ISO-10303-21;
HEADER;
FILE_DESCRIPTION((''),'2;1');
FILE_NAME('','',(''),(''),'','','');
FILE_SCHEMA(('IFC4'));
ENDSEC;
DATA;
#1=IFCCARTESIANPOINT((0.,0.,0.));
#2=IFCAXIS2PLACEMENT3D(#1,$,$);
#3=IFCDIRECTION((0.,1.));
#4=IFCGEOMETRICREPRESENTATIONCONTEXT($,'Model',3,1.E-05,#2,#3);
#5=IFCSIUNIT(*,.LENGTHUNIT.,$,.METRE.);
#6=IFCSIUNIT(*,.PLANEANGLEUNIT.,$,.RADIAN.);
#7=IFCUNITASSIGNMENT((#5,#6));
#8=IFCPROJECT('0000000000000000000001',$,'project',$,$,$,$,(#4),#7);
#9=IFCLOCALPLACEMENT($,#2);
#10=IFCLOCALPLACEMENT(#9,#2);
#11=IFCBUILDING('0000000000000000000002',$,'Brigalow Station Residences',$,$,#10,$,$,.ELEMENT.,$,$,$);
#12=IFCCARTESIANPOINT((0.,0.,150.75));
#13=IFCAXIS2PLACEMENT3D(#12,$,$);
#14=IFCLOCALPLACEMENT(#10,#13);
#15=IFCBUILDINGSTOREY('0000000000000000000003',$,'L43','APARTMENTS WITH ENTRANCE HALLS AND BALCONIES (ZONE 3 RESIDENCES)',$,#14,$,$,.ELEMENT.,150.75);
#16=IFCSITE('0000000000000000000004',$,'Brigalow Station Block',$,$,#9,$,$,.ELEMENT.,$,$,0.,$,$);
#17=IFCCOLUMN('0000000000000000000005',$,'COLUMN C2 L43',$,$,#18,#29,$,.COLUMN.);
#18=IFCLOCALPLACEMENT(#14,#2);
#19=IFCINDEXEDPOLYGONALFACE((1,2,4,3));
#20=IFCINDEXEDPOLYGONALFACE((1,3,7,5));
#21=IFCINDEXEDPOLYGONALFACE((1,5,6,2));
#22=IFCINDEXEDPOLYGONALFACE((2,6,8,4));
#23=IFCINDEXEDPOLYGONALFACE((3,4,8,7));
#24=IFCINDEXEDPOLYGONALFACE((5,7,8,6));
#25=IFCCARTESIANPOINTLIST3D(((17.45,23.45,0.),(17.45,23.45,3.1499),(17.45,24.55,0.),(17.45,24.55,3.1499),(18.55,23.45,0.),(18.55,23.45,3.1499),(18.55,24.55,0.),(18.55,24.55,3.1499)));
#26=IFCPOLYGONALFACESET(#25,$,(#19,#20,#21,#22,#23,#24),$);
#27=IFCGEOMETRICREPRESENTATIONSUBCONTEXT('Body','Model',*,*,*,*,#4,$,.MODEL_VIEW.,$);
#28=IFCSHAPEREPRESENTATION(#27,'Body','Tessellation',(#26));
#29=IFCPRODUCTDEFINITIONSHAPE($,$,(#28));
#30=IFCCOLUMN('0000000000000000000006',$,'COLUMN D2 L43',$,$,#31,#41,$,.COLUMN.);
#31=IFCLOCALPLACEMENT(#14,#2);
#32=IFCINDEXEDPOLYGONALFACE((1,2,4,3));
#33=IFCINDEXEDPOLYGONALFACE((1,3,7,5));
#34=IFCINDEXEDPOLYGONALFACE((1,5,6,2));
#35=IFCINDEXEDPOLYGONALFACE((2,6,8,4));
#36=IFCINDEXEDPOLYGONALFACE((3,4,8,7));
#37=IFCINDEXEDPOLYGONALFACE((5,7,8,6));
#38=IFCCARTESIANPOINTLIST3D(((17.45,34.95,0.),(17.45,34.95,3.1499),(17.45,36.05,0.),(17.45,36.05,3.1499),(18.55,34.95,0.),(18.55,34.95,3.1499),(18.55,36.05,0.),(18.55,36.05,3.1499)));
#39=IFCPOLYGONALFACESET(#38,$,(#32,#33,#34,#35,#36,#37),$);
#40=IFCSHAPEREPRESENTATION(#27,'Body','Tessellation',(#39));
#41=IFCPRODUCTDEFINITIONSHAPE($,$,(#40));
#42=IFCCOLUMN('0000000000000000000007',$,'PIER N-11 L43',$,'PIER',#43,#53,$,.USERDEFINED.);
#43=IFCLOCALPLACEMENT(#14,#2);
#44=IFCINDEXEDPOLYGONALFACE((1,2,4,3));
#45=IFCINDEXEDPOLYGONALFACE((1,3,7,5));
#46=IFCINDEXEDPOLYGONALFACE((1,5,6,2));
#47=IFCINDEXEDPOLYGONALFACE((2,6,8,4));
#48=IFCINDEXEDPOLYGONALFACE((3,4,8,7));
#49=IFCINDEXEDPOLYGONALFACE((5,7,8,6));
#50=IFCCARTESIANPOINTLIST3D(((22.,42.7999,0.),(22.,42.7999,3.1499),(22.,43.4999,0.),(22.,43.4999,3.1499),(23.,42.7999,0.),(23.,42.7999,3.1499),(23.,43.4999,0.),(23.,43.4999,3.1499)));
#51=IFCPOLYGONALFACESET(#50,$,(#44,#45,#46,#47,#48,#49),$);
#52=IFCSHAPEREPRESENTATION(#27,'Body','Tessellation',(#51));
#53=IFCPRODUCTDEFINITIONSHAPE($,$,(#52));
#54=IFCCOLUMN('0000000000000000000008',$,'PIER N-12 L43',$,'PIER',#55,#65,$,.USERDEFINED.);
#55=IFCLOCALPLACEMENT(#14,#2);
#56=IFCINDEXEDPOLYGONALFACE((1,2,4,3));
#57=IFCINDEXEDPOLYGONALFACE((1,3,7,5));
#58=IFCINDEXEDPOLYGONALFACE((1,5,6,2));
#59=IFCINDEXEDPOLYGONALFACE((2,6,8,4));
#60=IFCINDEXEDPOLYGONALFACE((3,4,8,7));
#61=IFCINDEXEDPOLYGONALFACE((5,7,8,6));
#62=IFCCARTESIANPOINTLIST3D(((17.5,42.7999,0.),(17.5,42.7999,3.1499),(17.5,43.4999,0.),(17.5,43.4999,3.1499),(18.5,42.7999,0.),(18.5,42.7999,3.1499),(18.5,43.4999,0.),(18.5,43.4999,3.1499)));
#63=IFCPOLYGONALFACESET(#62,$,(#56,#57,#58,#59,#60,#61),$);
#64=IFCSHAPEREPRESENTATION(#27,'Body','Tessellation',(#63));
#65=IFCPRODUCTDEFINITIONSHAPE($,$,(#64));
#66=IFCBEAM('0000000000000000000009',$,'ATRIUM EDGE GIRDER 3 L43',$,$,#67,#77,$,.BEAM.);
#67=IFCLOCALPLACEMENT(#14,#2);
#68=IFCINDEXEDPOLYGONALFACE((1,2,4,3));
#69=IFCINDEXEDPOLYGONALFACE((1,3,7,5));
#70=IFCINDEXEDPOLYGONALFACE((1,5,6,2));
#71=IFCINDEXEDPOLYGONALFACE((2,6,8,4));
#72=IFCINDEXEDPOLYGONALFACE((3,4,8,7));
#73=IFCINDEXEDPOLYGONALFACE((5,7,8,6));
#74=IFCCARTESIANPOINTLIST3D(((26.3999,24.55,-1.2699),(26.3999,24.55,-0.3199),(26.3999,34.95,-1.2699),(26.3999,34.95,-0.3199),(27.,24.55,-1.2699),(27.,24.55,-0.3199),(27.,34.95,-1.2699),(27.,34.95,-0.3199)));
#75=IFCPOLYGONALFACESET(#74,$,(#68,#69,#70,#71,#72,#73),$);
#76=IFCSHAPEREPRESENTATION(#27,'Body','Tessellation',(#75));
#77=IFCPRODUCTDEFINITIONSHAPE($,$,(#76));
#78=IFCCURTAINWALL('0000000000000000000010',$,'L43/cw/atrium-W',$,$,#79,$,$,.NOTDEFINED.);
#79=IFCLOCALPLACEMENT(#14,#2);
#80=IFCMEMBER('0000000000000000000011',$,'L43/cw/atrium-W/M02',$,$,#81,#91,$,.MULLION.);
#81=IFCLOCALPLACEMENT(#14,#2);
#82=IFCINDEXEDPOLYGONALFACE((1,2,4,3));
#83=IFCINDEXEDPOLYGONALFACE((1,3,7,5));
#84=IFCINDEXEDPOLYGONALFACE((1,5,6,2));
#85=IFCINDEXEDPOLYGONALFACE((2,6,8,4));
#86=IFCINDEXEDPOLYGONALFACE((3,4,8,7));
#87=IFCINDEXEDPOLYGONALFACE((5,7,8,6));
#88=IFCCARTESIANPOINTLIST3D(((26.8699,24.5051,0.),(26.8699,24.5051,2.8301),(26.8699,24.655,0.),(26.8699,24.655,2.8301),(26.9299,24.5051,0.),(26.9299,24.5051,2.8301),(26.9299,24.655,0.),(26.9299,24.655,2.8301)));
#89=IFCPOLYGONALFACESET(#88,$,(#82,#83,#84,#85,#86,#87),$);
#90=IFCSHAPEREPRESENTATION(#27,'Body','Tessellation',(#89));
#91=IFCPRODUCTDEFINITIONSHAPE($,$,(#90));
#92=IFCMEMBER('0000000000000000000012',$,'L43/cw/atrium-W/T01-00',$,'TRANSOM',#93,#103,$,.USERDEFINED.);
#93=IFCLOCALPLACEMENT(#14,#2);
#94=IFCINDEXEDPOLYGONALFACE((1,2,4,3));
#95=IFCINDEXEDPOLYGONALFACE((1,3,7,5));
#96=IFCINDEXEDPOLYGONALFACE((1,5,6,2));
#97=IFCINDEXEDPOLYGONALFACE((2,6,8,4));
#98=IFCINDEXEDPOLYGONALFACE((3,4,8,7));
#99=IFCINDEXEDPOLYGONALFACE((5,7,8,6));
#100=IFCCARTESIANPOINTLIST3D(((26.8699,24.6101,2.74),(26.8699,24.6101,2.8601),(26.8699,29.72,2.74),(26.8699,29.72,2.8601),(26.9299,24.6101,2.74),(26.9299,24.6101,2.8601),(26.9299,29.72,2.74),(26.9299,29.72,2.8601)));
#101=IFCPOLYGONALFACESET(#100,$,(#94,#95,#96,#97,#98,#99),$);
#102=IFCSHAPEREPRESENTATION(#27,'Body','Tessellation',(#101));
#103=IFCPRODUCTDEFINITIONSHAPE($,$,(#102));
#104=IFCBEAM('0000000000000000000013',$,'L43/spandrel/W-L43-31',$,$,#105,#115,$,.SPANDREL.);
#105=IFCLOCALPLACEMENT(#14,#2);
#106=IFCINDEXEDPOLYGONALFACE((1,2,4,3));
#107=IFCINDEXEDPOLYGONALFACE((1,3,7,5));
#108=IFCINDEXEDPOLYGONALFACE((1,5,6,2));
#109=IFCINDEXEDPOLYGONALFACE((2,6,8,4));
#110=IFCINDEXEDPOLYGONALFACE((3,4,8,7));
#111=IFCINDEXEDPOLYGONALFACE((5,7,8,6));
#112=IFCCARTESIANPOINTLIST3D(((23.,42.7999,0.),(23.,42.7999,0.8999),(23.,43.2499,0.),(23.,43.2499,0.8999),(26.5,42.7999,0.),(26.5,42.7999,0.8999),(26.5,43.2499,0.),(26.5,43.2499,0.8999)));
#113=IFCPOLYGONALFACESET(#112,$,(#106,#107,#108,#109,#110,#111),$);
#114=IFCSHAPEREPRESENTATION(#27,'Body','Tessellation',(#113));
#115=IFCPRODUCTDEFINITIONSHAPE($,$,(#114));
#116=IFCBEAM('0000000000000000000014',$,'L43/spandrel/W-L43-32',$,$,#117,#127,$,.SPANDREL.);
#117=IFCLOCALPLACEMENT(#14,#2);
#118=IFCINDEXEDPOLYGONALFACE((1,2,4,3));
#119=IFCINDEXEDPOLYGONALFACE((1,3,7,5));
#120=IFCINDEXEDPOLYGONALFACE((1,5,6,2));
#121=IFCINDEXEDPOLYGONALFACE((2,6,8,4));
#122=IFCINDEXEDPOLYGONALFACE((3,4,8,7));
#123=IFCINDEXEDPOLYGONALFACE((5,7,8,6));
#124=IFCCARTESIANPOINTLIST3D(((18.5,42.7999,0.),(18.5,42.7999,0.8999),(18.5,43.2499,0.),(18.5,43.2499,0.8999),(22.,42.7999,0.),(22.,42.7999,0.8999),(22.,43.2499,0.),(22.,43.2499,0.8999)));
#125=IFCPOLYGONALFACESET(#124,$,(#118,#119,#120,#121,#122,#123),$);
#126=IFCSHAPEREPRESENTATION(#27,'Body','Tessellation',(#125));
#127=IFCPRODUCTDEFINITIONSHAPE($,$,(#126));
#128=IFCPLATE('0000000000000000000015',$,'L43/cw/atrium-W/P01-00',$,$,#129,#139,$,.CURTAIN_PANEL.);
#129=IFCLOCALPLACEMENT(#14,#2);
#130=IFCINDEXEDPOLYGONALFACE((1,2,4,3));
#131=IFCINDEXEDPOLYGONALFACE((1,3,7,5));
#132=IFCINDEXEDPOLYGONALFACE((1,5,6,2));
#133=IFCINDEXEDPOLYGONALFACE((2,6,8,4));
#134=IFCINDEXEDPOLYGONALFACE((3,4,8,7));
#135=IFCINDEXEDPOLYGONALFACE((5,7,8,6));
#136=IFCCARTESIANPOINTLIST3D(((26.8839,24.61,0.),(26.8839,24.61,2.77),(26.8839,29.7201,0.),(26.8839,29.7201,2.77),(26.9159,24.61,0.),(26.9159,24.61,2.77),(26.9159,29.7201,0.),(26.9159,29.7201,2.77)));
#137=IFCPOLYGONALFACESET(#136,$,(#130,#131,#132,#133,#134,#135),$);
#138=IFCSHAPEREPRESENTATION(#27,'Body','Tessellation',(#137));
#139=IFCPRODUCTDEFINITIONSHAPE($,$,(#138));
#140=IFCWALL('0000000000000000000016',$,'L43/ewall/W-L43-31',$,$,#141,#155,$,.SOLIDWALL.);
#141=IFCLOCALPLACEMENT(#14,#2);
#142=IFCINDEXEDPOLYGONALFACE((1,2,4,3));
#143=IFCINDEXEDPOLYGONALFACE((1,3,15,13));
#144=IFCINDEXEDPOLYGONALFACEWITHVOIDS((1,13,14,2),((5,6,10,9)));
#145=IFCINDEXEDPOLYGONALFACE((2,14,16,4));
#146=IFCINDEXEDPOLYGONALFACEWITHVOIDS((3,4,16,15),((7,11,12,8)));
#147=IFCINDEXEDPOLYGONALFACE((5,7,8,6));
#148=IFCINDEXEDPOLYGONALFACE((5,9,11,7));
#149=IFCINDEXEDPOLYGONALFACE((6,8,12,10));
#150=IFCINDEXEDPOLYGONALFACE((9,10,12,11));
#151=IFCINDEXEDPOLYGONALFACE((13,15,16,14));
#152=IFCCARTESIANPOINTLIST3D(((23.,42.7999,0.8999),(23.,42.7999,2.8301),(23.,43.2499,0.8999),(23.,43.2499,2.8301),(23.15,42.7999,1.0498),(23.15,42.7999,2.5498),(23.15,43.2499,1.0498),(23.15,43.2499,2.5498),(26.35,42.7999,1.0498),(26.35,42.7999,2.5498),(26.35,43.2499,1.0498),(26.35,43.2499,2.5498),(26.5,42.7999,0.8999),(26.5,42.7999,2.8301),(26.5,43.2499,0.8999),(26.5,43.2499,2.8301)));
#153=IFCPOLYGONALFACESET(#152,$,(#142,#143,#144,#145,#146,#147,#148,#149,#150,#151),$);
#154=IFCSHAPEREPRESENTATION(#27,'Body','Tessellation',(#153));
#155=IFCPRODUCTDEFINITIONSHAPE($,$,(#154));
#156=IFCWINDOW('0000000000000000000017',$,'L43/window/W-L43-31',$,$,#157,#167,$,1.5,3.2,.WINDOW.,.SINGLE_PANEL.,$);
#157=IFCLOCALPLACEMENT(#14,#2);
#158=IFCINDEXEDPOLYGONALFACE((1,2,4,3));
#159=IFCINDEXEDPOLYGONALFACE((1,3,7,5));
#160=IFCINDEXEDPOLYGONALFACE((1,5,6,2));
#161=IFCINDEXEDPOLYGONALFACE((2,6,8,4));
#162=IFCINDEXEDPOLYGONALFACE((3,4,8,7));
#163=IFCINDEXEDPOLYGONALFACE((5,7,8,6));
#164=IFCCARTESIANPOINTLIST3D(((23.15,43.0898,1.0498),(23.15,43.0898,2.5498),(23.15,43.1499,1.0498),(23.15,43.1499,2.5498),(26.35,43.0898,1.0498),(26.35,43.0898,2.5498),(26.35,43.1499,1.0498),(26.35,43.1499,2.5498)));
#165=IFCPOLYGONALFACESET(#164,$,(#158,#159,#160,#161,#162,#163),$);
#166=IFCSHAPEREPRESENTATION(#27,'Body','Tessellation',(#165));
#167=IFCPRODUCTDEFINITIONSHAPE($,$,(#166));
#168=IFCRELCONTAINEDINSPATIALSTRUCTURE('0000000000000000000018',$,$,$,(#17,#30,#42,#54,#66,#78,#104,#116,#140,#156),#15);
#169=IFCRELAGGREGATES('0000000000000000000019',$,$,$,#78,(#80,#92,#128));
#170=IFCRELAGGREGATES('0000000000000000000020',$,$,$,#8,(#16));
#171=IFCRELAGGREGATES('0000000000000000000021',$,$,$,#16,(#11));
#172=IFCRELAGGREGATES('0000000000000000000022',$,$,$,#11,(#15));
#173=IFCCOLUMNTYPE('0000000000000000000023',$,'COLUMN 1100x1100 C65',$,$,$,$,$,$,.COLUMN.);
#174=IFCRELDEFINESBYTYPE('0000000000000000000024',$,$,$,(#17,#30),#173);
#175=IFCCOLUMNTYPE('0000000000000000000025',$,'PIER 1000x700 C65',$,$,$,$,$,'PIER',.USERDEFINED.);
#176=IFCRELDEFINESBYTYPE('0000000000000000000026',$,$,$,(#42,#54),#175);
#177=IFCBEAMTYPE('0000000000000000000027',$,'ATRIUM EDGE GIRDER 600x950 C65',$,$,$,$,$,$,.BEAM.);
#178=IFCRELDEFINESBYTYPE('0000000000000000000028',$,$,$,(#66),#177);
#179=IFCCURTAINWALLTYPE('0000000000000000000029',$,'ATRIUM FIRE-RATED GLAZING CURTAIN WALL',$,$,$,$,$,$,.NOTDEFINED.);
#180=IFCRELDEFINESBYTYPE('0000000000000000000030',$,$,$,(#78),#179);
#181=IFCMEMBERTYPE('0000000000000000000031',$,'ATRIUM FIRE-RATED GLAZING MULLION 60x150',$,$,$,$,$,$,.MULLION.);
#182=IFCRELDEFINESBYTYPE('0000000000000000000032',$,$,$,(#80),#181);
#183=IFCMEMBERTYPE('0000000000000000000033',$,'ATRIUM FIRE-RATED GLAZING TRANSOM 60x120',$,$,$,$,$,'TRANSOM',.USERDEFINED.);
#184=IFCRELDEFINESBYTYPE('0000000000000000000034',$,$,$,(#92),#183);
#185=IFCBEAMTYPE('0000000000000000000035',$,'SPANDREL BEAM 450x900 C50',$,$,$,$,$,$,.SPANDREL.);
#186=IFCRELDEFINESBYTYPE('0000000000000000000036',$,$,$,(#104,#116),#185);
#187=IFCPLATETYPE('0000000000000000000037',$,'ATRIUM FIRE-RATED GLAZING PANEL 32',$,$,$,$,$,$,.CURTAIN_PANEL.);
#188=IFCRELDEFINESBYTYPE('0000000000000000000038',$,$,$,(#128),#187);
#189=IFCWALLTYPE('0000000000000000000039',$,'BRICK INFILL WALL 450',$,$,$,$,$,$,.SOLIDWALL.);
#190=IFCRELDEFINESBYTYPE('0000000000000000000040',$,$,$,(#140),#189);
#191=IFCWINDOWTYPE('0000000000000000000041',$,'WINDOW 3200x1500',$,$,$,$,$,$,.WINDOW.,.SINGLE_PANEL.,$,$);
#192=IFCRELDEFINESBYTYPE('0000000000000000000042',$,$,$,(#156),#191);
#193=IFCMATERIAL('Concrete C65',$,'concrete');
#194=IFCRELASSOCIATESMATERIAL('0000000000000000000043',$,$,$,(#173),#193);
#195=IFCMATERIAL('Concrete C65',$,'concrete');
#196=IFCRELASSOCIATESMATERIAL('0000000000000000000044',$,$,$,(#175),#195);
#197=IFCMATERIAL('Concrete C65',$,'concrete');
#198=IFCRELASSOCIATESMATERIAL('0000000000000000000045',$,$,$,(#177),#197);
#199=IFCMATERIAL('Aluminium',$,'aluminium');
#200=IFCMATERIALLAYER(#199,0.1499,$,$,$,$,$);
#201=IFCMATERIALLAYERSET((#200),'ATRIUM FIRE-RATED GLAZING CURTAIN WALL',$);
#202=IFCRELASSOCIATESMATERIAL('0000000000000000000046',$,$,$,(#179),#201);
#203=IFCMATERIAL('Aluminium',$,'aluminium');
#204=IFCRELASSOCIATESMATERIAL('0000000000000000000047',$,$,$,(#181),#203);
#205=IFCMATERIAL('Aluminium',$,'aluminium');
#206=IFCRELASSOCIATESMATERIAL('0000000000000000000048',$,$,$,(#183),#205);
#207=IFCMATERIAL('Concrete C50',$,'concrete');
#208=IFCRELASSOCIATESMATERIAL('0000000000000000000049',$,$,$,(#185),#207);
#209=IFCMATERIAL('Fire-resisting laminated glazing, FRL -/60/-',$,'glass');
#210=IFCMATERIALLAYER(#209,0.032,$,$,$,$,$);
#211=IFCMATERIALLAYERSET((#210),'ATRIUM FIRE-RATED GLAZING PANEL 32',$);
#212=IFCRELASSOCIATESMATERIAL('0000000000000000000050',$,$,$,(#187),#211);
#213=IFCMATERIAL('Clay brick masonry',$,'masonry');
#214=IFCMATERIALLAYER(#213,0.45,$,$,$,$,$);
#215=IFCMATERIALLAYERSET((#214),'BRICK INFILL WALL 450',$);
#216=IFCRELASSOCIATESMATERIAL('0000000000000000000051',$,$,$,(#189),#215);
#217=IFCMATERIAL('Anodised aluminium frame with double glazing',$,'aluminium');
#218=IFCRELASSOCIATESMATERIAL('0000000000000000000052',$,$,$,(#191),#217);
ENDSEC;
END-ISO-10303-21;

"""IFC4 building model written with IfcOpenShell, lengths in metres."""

from ifc_helpers import new_model, si_unit, direction, frame, frame_2d, origin, origin_2d, place, context, subcontext, project, spatial, rectangle, extrude, material, layer, layer_set, material_profile, profile_set, type_object, element, fill, aggregate, save


model = new_model("IFC4")

# Units and contexts
model_context = context("Model", 3, precision=1e-05, world=origin(), true_north=direction((0.0, 1.0)))
body_context = subcontext(model_context, "Body", "Model", "MODEL_VIEW")
ifc_project = project(units=[si_unit("LENGTHUNIT", "METRE"), si_unit("PLANEANGLEUNIT", "RADIAN")], contexts=[model_context])

# Site, building, storey
site_placement = place(None, origin())
site = spatial("IfcSite", under=ifc_project, at=site_placement, Name="Brigalow Station Block", CompositionType="ELEMENT", RefElevation=0.0)
building_placement = place(site_placement, origin())
building = spatial("IfcBuilding", under=site, at=building_placement, Name="Brigalow Station Residences", CompositionType="ELEMENT")
storey_placement = place(building_placement, frame((0.0, 0.0, 150.75)))
storey = spatial("IfcBuildingStorey", under=building, at=storey_placement, Name="L43", Description="APARTMENTS WITH ENTRANCE HALLS AND BALCONIES (ZONE 3 RESIDENCES)", CompositionType="ELEMENT", Elevation=150.75)

# Columns
ifc_material_1 = material(Name="Concrete C65", Category="concrete")
ifc_material_profile_1 = material_profile(ifc_material_1, rectangle(XDim=1.1001, YDim=1.1001, at=origin_2d()), Name="RC1100x1100")
ifc_profile_set_1 = profile_set([ifc_material_profile_1], Name="Concrete C65")
column_type_1 = type_object("IfcColumnType", Name="COLUMN 1100x1100 C65", PredefinedType="COLUMN", material=ifc_profile_set_1)
for number, where, z_axis, x_axis, name in (
    (1, (18.0, 24.0, 0.0), (0.0, 0.0, 1.0), (1.0, 0.0, 0.0), "COLUMN C2 L43"),
    (2, (18.0, 35.5, 0.0), (0.0, 0.0, 1.0), (1.0, 0.0, 0.0), "COLUMN D2 L43"),
):
    element("IfcColumn", number, at=place(storey_placement, frame(where, z_axis=z_axis, x_axis=x_axis)), inside=storey, type_object=column_type_1, Name=name, PredefinedType="COLUMN", context=body_context, shape_type="SweptSolid", body=[
        extrude(rectangle(XDim=1.1001, YDim=1.1001, at=origin_2d()), origin(), (0.0, 0.0, 1.0), 3.1499),
    ])
ifc_material_2 = material(Name="Concrete C65", Category="concrete")
ifc_material_profile_2 = material_profile(ifc_material_2, rectangle(XDim=1.0, YDim=0.7, at=origin_2d()), Name="RC1000x700")
ifc_profile_set_2 = profile_set([ifc_material_profile_2], Name="Concrete C65")
column_type_2 = type_object("IfcColumnType", Name="PIER 1000x700 C65", ElementType="PIER", PredefinedType="USERDEFINED", material=ifc_profile_set_2)
for number, where, z_axis, x_axis, name in (
    (3, (22.5, 43.1499, 0.0), (0.0, 0.0, 1.0), (-1.0, 0.0, 0.0), "PIER N-11 L43"),
    (4, (18.0, 43.1499, 0.0), (0.0, 0.0, 1.0), (-1.0, 0.0, 0.0), "PIER N-12 L43"),
):
    element("IfcColumn", number, at=place(storey_placement, frame(where, z_axis=z_axis, x_axis=x_axis)), inside=storey, type_object=column_type_2, Name=name, ObjectType="PIER", PredefinedType="USERDEFINED", context=body_context, shape_type="SweptSolid", body=[
        extrude(rectangle(XDim=1.0, YDim=0.7, at=origin_2d()), origin(), (0.0, 0.0, 1.0), 3.1499),
    ])

# Beam
ifc_material_3 = material(Name="Concrete C65", Category="concrete")
ifc_material_profile_3 = material_profile(ifc_material_3, rectangle(XDim=0.6001, YDim=0.95, at=origin_2d()), Name="RC600x950")
ifc_profile_set_3 = profile_set([ifc_material_profile_3], Name="Concrete C65")
beam_type_1 = type_object("IfcBeamType", Name="ATRIUM EDGE GIRDER 600x950 C65", PredefinedType="BEAM", material=ifc_profile_set_3)
beam_placement = place(storey_placement, frame((26.7, 24.55, -0.7949), z_axis=(0.0, 1.0, 0.0), x_axis=(-1.0, 0.0, 0.0)))
element("IfcBeam", 5, at=beam_placement, inside=storey, type_object=beam_type_1, Name="ATRIUM EDGE GIRDER 3 L43", PredefinedType="BEAM", context=body_context, shape_type="SweptSolid", body=[
    extrude(rectangle(XDim=0.6001, YDim=0.95, at=origin_2d()), origin(), (0.0, 0.0, 1.0), 10.3999),
])

# Curtain wall, members
ifc_material_4 = material(Name="Aluminium", Category="aluminium")
ifc_layer_1 = layer(ifc_material_4, 0.1499)
ifc_layer_set_1 = layer_set([ifc_layer_1], Name="ATRIUM FIRE-RATED GLAZING CURTAIN WALL")
curtain_wall_type = type_object("IfcCurtainWallType", Name="ATRIUM FIRE-RATED GLAZING CURTAIN WALL", PredefinedType="NOTDEFINED", material=ifc_layer_set_1)
curtain_wall_placement = place(storey_placement, origin())
curtain_wall = element("IfcCurtainWall", 6, at=curtain_wall_placement, inside=storey, type_object=curtain_wall_type, Name="L43/cw/atrium-W", PredefinedType="NOTDEFINED")
ifc_material_5 = material(Name="Aluminium", Category="aluminium")
ifc_material_profile_4 = material_profile(ifc_material_5, rectangle(XDim=0.0601, YDim=0.1499, at=origin_2d()), Name="ATRIUM FIRE-RATED GLAZING MULLION 60x150")
ifc_profile_set_4 = profile_set([ifc_material_profile_4], Name="Aluminium")
member_type_1 = type_object("IfcMemberType", Name="ATRIUM FIRE-RATED GLAZING MULLION 60x150", PredefinedType="MULLION", material=ifc_profile_set_4)
member_1_placement = place(storey_placement, frame((26.8999, 24.5801, 0.0), z_axis=(0.0, 0.0, 1.0), x_axis=(1.0, 0.0, 0.0)))
member_1 = element("IfcMember", 7, at=member_1_placement, type_object=member_type_1, Name="L43/cw/atrium-W/M02", PredefinedType="MULLION", context=body_context, shape_type="SweptSolid", body=[
    extrude(rectangle(XDim=0.0601, YDim=0.1499, at=origin_2d()), origin(), (0.0, 0.0, 1.0), 2.8301),
])
ifc_material_6 = material(Name="Aluminium", Category="aluminium")
ifc_material_profile_5 = material_profile(ifc_material_6, rectangle(XDim=0.0601, YDim=0.1201, at=origin_2d()), Name="ATRIUM FIRE-RATED GLAZING TRANSOM 60x120")
ifc_profile_set_5 = profile_set([ifc_material_profile_5], Name="Aluminium")
member_type_2 = type_object("IfcMemberType", Name="ATRIUM FIRE-RATED GLAZING TRANSOM 60x120", ElementType="TRANSOM", PredefinedType="USERDEFINED", material=ifc_profile_set_5)
member_2_placement = place(storey_placement, frame((26.8999, 29.72, 2.8), z_axis=(0.0, -1.0, 0.0), x_axis=(1.0, 0.0, 0.0)))
member_2 = element("IfcMember", 8, at=member_2_placement, type_object=member_type_2, Name="L43/cw/atrium-W/T01-00", ObjectType="TRANSOM", PredefinedType="USERDEFINED", context=body_context, shape_type="SweptSolid", body=[
    extrude(rectangle(XDim=0.0601, YDim=0.1201, at=origin_2d()), origin(), (0.0, 0.0, 1.0), 5.1099),
])

# Beams
ifc_material_7 = material(Name="Concrete C50", Category="concrete")
ifc_material_profile_6 = material_profile(ifc_material_7, rectangle(XDim=0.45, YDim=0.8999, at=origin_2d()), Name="RC450x900")
ifc_profile_set_6 = profile_set([ifc_material_profile_6], Name="Concrete C50")
beam_type_2 = type_object("IfcBeamType", Name="SPANDREL BEAM 450x900 C50", PredefinedType="SPANDREL", material=ifc_profile_set_6)
for number, where, z_axis, x_axis, name in (
    (9, (26.5, 43.0249, 0.45), (-1.0, 0.0, 0.0), (0.0, -1.0, 0.0), "L43/spandrel/W-L43-31"),
    (10, (22.0, 43.0249, 0.45), (-1.0, 0.0, 0.0), (0.0, -1.0, 0.0), "L43/spandrel/W-L43-32"),
):
    element("IfcBeam", number, at=place(storey_placement, frame(where, z_axis=z_axis, x_axis=x_axis)), inside=storey, type_object=beam_type_2, Name=name, PredefinedType="SPANDREL", context=body_context, shape_type="SweptSolid", body=[
        extrude(rectangle(XDim=0.45, YDim=0.8999, at=origin_2d()), origin(), (0.0, 0.0, 1.0), 3.5),
    ])

# Plate
ifc_material_8 = material(Name="Fire-resisting laminated glazing, FRL -/60/-", Category="glass")
ifc_layer_2 = layer(ifc_material_8, 0.032)
ifc_layer_set_2 = layer_set([ifc_layer_2], Name="ATRIUM FIRE-RATED GLAZING PANEL 32")
plate_type = type_object("IfcPlateType", Name="ATRIUM FIRE-RATED GLAZING PANEL 32", PredefinedType="CURTAIN_PANEL", material=ifc_layer_set_2)
plate_placement = place(storey_placement, frame((26.8999, 27.165, 0.0), z_axis=(0.0, 0.0, 1.0), x_axis=(0.0, -1.0, 0.0)))
plate = element("IfcPlate", 11, at=plate_placement, type_object=plate_type, Name="L43/cw/atrium-W/P01-00", PredefinedType="CURTAIN_PANEL", context=body_context, shape_type="SweptSolid", body=[
    extrude(rectangle(XDim=5.1101, YDim=0.032, at=origin_2d()), origin(), (0.0, 0.0, 1.0), 2.77),
])
aggregate(curtain_wall, [member_1, member_2, plate])

# Wall, opening, window
ifc_material_9 = material(Name="Clay brick masonry", Category="masonry")
ifc_layer_3 = layer(ifc_material_9, 0.45)
ifc_layer_set_3 = layer_set([ifc_layer_3], Name="BRICK INFILL WALL 450")
wall_type_1 = type_object("IfcWallType", Name="BRICK INFILL WALL 450", PredefinedType="SOLIDWALL", material=ifc_layer_set_3)
wall_1_placement = place(storey_placement, frame((26.5, 43.0249, 0.8999), z_axis=(0.0, 0.0, 1.0), x_axis=(-1.0, 0.0, 0.0)))
wall_1 = element("IfcWall", 12, at=wall_1_placement, inside=storey, type_object=wall_type_1, Name="L43/ewall/W-L43-31", PredefinedType="SOLIDWALL", context=body_context, shape_type="SweptSolid", body=[
    extrude(rectangle(XDim=3.5, YDim=0.45, at=frame_2d((1.75, 0.0))), origin(), (0.0, 0.0, 1.0), 1.9302),
])
opening_1_placement = place(wall_1_placement, frame((0.1499, 0.0, 0.1499)))
opening_1 = element("IfcOpeningElement", 13, at=opening_1_placement, cuts=wall_1, PredefinedType="OPENING", context=body_context, shape_type="SweptSolid", body=[
    extrude(rectangle(XDim=3.2, YDim=1.5, at=frame_2d((1.6001, 0.75))), frame((0.0, 0.2349, 0.0), z_axis=(0.0, -1.0, 0.0), x_axis=(1.0, 0.0, 0.0)), (0.0, 0.0, 1.0), 0.47),
])
ifc_material_10 = material(Name="Anodised aluminium frame with double glazing", Category="aluminium")
window_type = type_object("IfcWindowType", Name="WINDOW 3200x1500", PartitioningType="SINGLE_PANEL", PredefinedType="WINDOW", material=ifc_material_10)
window_1_placement = place(opening_1_placement, origin())
window_1 = element("IfcWindow", 14, at=window_1_placement, inside=storey, type_object=window_type, Name="L43/window/W-L43-31", OverallHeight=1.5, OverallWidth=3.2, PartitioningType="SINGLE_PANEL", PredefinedType="WINDOW", context=body_context, shape_type="SweptSolid", body=[
    extrude(rectangle(XDim=3.2, YDim=1.5, at=frame_2d((1.6001, 0.75))), frame((0.0, -0.0649, 0.0), z_axis=(0.0, -1.0, 0.0), x_axis=(1.0, 0.0, 0.0)), (0.0, 0.0, 1.0), 0.0601),
])
fill(opening_1, window_1)

save(model, "model.ifc")
